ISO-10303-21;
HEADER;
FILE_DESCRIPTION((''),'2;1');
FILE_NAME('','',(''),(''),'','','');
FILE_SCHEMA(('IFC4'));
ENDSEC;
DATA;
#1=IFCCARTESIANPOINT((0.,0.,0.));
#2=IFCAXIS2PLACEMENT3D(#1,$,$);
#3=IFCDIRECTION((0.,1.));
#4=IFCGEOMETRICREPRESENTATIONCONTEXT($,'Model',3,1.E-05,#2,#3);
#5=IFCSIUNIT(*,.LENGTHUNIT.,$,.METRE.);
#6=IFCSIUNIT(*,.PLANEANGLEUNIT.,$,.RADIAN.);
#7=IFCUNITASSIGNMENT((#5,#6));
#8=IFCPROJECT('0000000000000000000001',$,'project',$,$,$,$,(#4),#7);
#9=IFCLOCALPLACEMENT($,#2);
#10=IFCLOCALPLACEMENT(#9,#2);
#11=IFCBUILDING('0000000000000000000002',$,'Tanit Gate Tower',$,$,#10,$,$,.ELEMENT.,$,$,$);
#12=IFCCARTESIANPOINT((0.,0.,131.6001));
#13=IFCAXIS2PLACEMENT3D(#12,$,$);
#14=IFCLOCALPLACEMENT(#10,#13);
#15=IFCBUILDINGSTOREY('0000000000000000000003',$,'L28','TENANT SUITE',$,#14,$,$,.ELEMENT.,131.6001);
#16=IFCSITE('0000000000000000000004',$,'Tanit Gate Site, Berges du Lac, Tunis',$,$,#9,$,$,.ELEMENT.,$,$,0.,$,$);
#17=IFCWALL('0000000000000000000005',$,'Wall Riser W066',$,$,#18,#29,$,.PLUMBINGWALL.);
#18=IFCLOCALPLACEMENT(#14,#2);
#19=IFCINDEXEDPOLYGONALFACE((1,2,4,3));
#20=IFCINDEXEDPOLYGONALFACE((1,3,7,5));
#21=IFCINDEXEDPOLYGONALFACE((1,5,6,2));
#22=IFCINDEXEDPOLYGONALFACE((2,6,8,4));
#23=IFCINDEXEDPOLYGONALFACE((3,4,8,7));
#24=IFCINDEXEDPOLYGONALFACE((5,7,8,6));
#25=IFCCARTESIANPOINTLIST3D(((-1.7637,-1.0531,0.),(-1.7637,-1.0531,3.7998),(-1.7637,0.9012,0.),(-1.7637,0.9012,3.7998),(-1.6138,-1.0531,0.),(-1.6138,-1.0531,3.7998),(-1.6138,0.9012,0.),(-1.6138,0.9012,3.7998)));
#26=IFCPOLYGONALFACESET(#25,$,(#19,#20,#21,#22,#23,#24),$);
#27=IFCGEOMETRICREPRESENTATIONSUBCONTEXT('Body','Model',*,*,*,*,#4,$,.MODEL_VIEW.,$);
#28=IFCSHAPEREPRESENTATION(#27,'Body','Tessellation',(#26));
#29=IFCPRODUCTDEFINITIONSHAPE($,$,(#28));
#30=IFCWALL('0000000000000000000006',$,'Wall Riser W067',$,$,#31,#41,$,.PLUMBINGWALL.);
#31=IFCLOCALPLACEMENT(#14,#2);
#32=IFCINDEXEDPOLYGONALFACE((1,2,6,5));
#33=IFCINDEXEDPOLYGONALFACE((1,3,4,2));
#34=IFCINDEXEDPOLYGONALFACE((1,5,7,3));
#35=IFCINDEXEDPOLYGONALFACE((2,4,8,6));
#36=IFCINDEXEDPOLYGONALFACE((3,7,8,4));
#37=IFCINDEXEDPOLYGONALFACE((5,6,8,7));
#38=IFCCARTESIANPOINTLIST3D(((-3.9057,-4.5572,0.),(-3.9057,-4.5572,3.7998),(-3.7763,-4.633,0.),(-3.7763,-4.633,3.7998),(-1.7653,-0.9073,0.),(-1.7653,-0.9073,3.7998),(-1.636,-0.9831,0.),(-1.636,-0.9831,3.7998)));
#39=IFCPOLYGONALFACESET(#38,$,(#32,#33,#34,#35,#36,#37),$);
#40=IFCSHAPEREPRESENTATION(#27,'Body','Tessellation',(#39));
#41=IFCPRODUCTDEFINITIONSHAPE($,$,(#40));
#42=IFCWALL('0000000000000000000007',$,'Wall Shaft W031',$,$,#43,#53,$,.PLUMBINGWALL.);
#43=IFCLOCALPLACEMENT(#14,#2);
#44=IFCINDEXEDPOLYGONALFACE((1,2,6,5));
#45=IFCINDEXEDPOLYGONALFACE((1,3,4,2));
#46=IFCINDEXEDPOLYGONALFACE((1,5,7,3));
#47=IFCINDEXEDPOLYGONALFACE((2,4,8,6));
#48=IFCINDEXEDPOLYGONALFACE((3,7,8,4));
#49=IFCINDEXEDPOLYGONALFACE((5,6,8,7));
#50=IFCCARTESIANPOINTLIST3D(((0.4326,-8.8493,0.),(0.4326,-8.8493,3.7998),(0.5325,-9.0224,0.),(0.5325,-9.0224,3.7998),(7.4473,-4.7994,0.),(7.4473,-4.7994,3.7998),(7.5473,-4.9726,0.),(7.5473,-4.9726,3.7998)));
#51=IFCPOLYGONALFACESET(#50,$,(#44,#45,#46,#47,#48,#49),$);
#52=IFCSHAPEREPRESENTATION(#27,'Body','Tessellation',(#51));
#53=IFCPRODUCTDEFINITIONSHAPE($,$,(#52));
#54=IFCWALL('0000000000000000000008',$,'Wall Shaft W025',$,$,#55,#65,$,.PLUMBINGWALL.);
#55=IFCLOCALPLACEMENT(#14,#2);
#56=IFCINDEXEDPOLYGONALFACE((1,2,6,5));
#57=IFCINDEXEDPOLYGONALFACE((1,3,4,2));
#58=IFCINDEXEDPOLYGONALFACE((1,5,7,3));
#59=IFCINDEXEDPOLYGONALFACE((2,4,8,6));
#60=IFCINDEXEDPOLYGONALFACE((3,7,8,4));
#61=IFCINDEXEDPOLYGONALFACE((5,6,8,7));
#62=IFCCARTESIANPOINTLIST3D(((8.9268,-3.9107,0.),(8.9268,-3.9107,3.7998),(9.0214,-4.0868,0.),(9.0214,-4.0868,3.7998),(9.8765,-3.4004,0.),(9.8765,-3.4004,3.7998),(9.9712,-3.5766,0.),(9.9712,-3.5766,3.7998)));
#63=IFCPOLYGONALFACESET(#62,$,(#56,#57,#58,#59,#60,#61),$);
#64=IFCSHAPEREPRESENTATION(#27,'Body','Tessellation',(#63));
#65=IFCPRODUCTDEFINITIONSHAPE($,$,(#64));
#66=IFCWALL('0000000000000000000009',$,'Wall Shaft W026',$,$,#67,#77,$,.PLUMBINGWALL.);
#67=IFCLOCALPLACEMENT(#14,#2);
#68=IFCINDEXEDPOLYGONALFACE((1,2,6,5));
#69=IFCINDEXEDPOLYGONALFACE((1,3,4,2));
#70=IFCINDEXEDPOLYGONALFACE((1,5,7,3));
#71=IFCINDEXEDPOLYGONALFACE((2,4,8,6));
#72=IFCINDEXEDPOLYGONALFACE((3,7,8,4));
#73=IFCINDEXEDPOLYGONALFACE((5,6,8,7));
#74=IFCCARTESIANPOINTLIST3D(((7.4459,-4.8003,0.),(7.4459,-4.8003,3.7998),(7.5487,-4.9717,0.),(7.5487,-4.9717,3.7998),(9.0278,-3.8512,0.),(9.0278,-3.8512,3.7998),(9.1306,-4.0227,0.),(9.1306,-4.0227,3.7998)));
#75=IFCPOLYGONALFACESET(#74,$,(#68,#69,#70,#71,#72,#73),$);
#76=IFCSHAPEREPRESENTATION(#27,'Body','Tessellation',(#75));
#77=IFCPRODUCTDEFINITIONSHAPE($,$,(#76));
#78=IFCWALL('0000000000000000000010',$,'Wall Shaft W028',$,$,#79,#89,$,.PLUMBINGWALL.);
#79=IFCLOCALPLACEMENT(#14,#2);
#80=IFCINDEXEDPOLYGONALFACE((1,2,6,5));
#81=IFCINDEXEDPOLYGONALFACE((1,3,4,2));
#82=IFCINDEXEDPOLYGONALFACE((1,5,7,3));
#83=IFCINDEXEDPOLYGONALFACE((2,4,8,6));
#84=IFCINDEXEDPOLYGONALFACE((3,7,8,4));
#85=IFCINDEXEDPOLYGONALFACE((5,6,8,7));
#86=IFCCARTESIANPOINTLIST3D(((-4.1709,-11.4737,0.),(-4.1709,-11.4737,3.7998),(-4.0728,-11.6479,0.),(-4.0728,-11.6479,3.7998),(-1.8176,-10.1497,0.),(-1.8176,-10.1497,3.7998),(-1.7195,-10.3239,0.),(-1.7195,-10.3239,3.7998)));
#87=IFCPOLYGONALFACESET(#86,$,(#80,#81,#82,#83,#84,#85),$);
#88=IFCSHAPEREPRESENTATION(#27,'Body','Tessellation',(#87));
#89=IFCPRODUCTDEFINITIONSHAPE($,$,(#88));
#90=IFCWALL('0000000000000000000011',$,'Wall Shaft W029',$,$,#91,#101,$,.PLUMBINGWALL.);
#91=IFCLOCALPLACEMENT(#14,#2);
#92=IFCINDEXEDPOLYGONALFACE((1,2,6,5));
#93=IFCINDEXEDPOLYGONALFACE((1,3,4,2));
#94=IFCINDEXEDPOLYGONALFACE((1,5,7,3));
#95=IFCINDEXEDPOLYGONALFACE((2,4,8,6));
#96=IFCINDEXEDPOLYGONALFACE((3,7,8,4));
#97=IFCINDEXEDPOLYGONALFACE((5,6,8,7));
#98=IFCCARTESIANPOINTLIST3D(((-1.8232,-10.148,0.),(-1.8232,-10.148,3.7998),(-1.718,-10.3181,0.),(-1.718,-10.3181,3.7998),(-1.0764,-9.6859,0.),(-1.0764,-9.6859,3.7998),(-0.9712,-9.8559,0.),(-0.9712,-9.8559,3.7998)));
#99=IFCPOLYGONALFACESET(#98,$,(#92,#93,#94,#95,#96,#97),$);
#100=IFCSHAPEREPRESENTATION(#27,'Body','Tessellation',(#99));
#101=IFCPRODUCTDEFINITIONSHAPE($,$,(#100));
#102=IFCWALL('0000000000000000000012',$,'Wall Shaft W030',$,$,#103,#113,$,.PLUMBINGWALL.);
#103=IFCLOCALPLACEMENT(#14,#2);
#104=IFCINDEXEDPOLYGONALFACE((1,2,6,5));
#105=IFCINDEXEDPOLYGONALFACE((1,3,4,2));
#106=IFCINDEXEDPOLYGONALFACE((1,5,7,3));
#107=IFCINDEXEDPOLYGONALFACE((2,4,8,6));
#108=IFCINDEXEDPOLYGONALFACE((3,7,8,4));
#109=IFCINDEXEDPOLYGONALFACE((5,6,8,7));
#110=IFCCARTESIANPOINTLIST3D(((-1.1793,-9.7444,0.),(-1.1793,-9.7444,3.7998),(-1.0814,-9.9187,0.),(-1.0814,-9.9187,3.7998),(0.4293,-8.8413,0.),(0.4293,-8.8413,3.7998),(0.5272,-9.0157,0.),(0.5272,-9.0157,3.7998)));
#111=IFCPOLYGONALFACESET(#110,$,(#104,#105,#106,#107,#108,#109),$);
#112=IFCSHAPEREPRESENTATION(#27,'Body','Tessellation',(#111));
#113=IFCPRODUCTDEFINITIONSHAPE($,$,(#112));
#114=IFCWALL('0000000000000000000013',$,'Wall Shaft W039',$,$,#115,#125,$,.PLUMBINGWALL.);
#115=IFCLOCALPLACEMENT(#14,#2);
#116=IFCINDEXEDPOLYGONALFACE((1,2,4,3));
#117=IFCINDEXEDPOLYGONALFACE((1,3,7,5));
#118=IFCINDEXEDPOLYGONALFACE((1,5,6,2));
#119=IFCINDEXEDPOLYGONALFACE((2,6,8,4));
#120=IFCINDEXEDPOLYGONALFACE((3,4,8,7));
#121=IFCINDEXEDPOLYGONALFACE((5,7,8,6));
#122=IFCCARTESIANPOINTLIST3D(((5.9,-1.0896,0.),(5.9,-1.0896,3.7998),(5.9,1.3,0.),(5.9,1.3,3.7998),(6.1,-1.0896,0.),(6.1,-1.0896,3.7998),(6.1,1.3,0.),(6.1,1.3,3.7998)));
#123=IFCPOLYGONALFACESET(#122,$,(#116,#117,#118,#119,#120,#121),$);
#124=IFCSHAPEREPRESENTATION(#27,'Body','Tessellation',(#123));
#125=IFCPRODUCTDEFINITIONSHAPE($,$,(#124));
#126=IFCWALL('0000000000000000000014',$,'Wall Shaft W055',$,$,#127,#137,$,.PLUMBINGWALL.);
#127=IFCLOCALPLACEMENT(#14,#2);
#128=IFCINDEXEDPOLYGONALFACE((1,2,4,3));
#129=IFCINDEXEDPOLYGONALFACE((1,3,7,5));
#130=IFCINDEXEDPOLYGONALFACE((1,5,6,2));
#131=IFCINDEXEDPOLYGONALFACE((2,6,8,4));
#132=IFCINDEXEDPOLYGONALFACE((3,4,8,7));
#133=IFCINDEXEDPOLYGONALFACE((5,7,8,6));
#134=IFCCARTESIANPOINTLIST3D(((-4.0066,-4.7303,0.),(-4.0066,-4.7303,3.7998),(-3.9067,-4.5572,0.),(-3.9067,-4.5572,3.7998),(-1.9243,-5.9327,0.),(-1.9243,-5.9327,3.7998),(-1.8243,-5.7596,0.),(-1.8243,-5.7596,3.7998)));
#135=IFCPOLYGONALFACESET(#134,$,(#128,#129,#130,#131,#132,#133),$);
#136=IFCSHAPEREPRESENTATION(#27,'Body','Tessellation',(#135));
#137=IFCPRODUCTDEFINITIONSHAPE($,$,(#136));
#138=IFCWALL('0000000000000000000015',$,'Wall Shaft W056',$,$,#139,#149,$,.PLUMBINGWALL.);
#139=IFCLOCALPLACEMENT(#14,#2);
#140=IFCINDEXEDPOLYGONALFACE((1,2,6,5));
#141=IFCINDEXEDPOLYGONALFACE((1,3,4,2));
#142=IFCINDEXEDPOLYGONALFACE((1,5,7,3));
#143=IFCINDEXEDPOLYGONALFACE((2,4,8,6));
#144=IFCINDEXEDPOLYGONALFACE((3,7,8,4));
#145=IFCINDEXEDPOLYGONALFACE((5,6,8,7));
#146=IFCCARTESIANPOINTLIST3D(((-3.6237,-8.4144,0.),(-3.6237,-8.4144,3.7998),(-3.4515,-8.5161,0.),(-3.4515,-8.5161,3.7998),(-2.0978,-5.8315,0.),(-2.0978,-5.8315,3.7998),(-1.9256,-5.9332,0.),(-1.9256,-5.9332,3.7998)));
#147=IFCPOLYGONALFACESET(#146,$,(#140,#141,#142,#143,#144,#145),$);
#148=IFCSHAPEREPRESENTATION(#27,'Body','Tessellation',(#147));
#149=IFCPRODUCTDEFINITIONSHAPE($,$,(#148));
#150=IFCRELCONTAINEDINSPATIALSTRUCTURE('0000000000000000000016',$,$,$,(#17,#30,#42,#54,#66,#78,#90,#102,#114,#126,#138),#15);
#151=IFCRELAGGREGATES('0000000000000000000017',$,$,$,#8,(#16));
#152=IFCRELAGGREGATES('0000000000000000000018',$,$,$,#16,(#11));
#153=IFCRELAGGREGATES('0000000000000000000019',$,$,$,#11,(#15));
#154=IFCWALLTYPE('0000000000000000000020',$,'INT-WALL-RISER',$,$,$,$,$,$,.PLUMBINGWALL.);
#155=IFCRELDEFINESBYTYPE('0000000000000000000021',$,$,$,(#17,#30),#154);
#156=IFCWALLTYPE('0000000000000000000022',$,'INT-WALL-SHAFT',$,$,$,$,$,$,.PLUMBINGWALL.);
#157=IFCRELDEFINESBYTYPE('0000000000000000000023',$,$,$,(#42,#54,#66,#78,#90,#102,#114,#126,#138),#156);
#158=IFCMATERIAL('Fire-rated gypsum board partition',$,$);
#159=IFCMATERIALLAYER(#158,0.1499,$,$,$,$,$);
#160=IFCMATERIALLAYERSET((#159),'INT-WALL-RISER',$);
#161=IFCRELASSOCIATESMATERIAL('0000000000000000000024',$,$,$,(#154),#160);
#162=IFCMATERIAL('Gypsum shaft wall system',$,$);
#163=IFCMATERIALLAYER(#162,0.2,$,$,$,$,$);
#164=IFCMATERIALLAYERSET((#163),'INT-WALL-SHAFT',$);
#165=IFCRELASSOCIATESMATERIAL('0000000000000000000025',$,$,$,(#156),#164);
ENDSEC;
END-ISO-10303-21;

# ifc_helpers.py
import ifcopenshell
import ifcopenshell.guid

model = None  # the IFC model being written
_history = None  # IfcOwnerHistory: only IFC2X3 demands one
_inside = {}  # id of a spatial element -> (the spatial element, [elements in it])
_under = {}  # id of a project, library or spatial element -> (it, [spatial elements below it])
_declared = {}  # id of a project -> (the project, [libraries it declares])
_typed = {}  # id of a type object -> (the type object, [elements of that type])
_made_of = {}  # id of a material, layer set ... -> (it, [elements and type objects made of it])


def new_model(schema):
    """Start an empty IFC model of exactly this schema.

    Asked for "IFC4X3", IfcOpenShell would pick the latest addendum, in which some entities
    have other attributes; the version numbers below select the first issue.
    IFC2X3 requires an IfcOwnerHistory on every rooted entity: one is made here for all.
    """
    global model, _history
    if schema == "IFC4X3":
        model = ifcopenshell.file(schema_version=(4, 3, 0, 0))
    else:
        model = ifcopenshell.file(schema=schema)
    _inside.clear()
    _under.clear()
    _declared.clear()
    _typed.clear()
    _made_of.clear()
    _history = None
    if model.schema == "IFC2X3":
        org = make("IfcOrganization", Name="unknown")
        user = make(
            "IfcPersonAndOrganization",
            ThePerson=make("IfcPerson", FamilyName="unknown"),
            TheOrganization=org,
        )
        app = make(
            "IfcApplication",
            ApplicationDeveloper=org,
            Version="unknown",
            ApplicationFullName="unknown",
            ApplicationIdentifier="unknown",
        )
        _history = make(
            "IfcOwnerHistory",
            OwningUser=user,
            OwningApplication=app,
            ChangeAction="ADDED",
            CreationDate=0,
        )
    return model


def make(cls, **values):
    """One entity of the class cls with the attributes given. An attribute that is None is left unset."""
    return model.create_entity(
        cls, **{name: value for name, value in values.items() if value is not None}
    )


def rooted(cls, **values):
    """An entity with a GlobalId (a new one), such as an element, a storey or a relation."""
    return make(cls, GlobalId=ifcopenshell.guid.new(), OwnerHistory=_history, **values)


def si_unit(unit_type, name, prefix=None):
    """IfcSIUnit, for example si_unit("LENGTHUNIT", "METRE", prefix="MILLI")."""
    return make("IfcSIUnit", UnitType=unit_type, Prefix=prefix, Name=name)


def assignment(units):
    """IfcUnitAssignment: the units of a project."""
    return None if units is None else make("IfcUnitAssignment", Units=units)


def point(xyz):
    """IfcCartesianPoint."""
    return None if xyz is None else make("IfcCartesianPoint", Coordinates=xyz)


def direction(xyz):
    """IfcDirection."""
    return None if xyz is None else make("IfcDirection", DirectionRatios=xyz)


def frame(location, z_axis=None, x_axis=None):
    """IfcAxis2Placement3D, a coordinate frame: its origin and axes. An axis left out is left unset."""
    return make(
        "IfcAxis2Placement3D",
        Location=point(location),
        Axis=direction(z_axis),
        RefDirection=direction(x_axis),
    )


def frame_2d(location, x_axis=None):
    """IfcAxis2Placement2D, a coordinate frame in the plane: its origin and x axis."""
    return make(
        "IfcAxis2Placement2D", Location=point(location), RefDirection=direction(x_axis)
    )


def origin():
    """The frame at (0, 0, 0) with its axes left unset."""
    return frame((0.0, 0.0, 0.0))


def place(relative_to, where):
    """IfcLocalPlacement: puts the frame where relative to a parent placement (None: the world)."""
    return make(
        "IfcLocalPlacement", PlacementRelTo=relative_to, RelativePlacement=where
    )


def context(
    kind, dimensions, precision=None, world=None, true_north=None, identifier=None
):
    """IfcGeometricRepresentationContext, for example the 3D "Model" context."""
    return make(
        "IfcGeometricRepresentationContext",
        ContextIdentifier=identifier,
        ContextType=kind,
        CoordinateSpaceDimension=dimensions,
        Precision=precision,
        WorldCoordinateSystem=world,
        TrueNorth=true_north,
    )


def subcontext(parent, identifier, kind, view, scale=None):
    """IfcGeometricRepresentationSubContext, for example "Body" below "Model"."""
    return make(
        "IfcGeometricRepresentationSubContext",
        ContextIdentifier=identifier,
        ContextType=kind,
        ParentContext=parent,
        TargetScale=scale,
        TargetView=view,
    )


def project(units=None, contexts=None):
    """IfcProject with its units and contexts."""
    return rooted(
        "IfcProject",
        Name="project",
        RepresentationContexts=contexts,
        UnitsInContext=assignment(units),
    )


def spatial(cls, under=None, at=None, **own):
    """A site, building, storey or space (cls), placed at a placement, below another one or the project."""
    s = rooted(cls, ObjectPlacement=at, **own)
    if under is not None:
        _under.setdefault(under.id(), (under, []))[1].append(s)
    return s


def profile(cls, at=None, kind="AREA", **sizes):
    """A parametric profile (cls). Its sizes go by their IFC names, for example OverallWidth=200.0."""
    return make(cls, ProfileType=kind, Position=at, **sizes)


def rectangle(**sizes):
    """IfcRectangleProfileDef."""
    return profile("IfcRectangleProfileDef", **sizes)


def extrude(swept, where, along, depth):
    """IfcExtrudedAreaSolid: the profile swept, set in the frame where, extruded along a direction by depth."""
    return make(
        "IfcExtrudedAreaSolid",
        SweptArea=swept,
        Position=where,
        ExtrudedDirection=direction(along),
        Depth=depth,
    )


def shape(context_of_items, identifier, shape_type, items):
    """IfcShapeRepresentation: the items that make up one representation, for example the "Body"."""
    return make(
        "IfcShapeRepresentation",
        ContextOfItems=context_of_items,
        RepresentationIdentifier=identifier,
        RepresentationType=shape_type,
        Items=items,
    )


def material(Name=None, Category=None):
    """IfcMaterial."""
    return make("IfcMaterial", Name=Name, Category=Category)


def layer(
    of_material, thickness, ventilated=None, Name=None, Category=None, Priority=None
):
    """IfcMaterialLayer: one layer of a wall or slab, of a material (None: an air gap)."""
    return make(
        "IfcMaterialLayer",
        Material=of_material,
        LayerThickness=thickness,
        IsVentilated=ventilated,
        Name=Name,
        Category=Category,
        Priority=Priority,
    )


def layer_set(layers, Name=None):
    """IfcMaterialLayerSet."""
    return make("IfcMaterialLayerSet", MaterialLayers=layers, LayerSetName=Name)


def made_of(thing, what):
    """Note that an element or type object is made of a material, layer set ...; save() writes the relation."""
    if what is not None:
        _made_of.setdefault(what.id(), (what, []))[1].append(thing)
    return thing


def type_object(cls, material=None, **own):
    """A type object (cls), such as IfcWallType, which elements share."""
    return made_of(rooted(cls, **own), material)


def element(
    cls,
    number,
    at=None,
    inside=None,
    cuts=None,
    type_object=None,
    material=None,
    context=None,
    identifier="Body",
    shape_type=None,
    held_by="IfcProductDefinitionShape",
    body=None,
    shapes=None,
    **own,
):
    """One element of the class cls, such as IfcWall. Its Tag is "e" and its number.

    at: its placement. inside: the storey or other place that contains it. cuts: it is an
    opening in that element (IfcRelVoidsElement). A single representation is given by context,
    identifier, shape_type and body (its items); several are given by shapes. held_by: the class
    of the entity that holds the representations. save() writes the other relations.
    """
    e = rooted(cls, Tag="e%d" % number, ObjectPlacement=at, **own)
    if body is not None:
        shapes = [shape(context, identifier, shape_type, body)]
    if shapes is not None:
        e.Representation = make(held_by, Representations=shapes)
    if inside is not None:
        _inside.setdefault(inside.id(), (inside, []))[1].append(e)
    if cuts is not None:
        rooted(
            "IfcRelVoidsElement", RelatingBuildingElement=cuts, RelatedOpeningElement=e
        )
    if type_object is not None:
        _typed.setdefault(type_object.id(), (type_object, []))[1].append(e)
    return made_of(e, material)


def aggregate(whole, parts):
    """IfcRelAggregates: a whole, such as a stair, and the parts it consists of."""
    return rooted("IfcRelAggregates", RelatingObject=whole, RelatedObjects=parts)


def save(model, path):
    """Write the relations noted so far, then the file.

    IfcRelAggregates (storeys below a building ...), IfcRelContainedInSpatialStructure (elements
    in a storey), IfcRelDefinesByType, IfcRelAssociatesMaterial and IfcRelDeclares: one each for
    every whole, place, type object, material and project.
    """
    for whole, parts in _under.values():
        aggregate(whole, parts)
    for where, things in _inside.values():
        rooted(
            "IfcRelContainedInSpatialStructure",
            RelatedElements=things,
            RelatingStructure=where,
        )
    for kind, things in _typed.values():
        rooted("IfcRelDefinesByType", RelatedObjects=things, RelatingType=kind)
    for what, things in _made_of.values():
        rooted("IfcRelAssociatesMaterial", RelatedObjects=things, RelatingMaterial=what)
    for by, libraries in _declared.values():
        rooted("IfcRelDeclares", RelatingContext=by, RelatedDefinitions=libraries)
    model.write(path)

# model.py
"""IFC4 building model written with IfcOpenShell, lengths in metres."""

from ifc_helpers import new_model, si_unit, direction, frame, frame_2d, origin, place, context, subcontext, project, spatial, rectangle, extrude, material, layer, layer_set, type_object, element, save


model = new_model("IFC4")

# Units and contexts
model_context = context("Model", 3, precision=1e-05, world=origin(), true_north=direction((0.0, 1.0)))
body_context = subcontext(model_context, "Body", "Model", "MODEL_VIEW")
ifc_project = project(units=[si_unit("LENGTHUNIT", "METRE"), si_unit("PLANEANGLEUNIT", "RADIAN")], contexts=[model_context])

# Site, building, storey
site_placement = place(None, origin())
site = spatial("IfcSite", under=ifc_project, at=site_placement, Name="Tanit Gate Site, Berges du Lac, Tunis", CompositionType="ELEMENT", RefElevation=0.0)
building_placement = place(site_placement, origin())
building = spatial("IfcBuilding", under=site, at=building_placement, Name="Tanit Gate Tower", CompositionType="ELEMENT")
storey_placement = place(building_placement, frame((0.0, 0.0, 131.6001)))
storey = spatial("IfcBuildingStorey", under=building, at=storey_placement, Name="L28", Description="TENANT SUITE", CompositionType="ELEMENT", Elevation=131.6001)

# Walls
ifc_material_1 = material(Name="Fire-rated gypsum board partition")
ifc_layer_1 = layer(ifc_material_1, 0.1499)
ifc_layer_set_1 = layer_set([ifc_layer_1], Name="INT-WALL-RISER")
wall_type_1 = type_object("IfcWallType", Name="INT-WALL-RISER", PredefinedType="PLUMBINGWALL", material=ifc_layer_set_1)
wall_1_placement = place(storey_placement, frame((-1.6887, -1.053, 0.0), z_axis=(0.0, 0.0, 1.0), x_axis=(0.0, 1.0, 0.0)))
element("IfcWall", 1, at=wall_1_placement, inside=storey, type_object=wall_type_1, Name="Wall Riser W066", PredefinedType="PLUMBINGWALL", context=body_context, shape_type="SweptSolid", body=[
    extrude(rectangle(XDim=1.9543, YDim=0.1499, at=frame_2d((0.9771, 0.0))), origin(), (0.0, 0.0, 1.0), 3.7998),
])
wall_2_placement = place(storey_placement, frame((-3.8411, -4.5952, 0.0), z_axis=(0.0, 0.0, 1.0), x_axis=(0.505857, 0.862617, 0.0)))
element("IfcWall", 2, at=wall_2_placement, inside=storey, type_object=wall_type_1, Name="Wall Riser W067", PredefinedType="PLUMBINGWALL", context=body_context, shape_type="SweptSolid", body=[
    extrude(rectangle(XDim=4.2312, YDim=0.1499, at=frame_2d((2.1157, 0.0))), origin(), (0.0, 0.0, 1.0), 3.7998),
])
ifc_material_2 = material(Name="Gypsum shaft wall system")
ifc_layer_2 = layer(ifc_material_2, 0.2)
ifc_layer_set_2 = layer_set([ifc_layer_2], Name="INT-WALL-SHAFT")
wall_type_2 = type_object("IfcWallType", Name="INT-WALL-SHAFT", PredefinedType="PLUMBINGWALL", material=ifc_layer_set_2)
wall_3_placement = place(storey_placement, frame((0.4827, -8.9358, 0.0), z_axis=(0.0, 0.0, 1.0), x_axis=(0.866031, 0.49999, 0.0)))
element("IfcWall", 3, at=wall_3_placement, inside=storey, type_object=wall_type_2, Name="Wall Shaft W031", PredefinedType="PLUMBINGWALL", context=body_context, shape_type="SweptSolid", body=[
    extrude(rectangle(XDim=8.0999, YDim=0.2, at=frame_2d((4.0498, 0.0))), origin(), (0.0, 0.0, 1.0), 3.7998),
])
wall_4_placement = place(storey_placement, frame((8.9741, -3.9988, 0.0), z_axis=(0.0, 0.0, 1.0), x_axis=(0.880907, 0.473289, 0.0)))
element("IfcWall", 4, at=wall_4_placement, inside=storey, type_object=wall_type_2, Name="Wall Shaft W025", PredefinedType="PLUMBINGWALL", context=body_context, shape_type="SweptSolid", body=[
    extrude(rectangle(XDim=1.0781, YDim=0.2, at=frame_2d((0.5391, 0.0))), origin(), (0.0, 0.0, 1.0), 3.7998),
])
wall_5_placement = place(storey_placement, frame((7.4973, -4.886, 0.0), z_axis=(0.0, 0.0, 1.0), x_axis=(0.857516, 0.514457, 0.0)))
element("IfcWall", 5, at=wall_5_placement, inside=storey, type_object=wall_type_2, Name="Wall Shaft W026", PredefinedType="PLUMBINGWALL", context=body_context, shape_type="SweptSolid", body=[
    extrude(rectangle(XDim=1.8447, YDim=0.2, at=frame_2d((0.9224, 0.0))), origin(), (0.0, 0.0, 1.0), 3.7998),
])
wall_6_placement = place(storey_placement, frame((-1.7686, -10.2368, 0.0), z_axis=(0.0, 0.0, 1.0), x_axis=(-0.871534, -0.490334, 0.0)))
element("IfcWall", 6, at=wall_6_placement, inside=storey, type_object=wall_type_2, Name="Wall Shaft W028", PredefinedType="PLUMBINGWALL", context=body_context, shape_type="SweptSolid", body=[
    extrude(rectangle(XDim=2.7002, YDim=0.2, at=frame_2d((1.3501, 0.0))), origin(), (0.0, 0.0, 1.0), 3.7998),
])
wall_7_placement = place(storey_placement, frame((-1.0239, -9.771, 0.0), z_axis=(0.0, 0.0, 1.0), x_axis=(-0.850348, -0.526221, 0.0)))
element("IfcWall", 7, at=wall_7_placement, inside=storey, type_object=wall_type_2, Name="Wall Shaft W029", PredefinedType="PLUMBINGWALL", context=body_context, shape_type="SweptSolid", body=[
    extrude(rectangle(XDim=0.8782, YDim=0.2, at=frame_2d((0.439, 0.0))), origin(), (0.0, 0.0, 1.0), 3.7998),
])
wall_8_placement = place(storey_placement, frame((-1.1304, -9.8315, 0.0), z_axis=(0.0, 0.0, 1.0), x_axis=(0.871989, 0.489526, 0.0)))
element("IfcWall", 8, at=wall_8_placement, inside=storey, type_object=wall_type_2, Name="Wall Shaft W030", PredefinedType="PLUMBINGWALL", context=body_context, shape_type="SweptSolid", body=[
    extrude(rectangle(XDim=1.8447, YDim=0.2, at=frame_2d((0.9224, 0.0))), origin(), (0.0, 0.0, 1.0), 3.7998),
])
wall_9_placement = place(storey_placement, frame((6.0, -1.0896, 0.0), z_axis=(0.0, 0.0, 1.0), x_axis=(0.0, 1.0, 0.0)))
element("IfcWall", 9, at=wall_9_placement, inside=storey, type_object=wall_type_2, Name="Wall Shaft W039", PredefinedType="PLUMBINGWALL", context=body_context, shape_type="SweptSolid", body=[
    extrude(rectangle(XDim=2.3896, YDim=0.2, at=frame_2d((1.1948, 0.0))), origin(), (0.0, 0.0, 1.0), 3.7998),
])

# Walls
wall_10_placement = place(storey_placement, frame((-3.9565, -4.6438, 0.0), z_axis=(0.0, 0.0, 1.0), x_axis=(0.865991, -0.500059, 0.0)))
element("IfcWall", 10, at=wall_10_placement, inside=storey, type_object=wall_type_2, Name="Wall Shaft W055", PredefinedType="PLUMBINGWALL", context=body_context, shape_type="SweptSolid", body=[
    extrude(rectangle(XDim=2.4045, YDim=0.2, at=frame_2d((1.2021, 0.0))), origin(), (0.0, 0.0, 1.0), 3.7998),
])
wall_11_placement = place(storey_placement, frame((-2.0117, -5.8823, 0.0), z_axis=(0.0, 0.0, 1.0), x_axis=(-0.50862, -0.860991, 0.0)))
element("IfcWall", 11, at=wall_11_placement, inside=storey, type_object=wall_type_2, Name="Wall Shaft W056", PredefinedType="PLUMBINGWALL", context=body_context, shape_type="SweptSolid", body=[
    extrude(rectangle(XDim=3.0, YDim=0.2, at=frame_2d((1.5, 0.0))), origin(), (0.0, 0.0, 1.0), 3.7998),
])

save(model, "model.ifc")
